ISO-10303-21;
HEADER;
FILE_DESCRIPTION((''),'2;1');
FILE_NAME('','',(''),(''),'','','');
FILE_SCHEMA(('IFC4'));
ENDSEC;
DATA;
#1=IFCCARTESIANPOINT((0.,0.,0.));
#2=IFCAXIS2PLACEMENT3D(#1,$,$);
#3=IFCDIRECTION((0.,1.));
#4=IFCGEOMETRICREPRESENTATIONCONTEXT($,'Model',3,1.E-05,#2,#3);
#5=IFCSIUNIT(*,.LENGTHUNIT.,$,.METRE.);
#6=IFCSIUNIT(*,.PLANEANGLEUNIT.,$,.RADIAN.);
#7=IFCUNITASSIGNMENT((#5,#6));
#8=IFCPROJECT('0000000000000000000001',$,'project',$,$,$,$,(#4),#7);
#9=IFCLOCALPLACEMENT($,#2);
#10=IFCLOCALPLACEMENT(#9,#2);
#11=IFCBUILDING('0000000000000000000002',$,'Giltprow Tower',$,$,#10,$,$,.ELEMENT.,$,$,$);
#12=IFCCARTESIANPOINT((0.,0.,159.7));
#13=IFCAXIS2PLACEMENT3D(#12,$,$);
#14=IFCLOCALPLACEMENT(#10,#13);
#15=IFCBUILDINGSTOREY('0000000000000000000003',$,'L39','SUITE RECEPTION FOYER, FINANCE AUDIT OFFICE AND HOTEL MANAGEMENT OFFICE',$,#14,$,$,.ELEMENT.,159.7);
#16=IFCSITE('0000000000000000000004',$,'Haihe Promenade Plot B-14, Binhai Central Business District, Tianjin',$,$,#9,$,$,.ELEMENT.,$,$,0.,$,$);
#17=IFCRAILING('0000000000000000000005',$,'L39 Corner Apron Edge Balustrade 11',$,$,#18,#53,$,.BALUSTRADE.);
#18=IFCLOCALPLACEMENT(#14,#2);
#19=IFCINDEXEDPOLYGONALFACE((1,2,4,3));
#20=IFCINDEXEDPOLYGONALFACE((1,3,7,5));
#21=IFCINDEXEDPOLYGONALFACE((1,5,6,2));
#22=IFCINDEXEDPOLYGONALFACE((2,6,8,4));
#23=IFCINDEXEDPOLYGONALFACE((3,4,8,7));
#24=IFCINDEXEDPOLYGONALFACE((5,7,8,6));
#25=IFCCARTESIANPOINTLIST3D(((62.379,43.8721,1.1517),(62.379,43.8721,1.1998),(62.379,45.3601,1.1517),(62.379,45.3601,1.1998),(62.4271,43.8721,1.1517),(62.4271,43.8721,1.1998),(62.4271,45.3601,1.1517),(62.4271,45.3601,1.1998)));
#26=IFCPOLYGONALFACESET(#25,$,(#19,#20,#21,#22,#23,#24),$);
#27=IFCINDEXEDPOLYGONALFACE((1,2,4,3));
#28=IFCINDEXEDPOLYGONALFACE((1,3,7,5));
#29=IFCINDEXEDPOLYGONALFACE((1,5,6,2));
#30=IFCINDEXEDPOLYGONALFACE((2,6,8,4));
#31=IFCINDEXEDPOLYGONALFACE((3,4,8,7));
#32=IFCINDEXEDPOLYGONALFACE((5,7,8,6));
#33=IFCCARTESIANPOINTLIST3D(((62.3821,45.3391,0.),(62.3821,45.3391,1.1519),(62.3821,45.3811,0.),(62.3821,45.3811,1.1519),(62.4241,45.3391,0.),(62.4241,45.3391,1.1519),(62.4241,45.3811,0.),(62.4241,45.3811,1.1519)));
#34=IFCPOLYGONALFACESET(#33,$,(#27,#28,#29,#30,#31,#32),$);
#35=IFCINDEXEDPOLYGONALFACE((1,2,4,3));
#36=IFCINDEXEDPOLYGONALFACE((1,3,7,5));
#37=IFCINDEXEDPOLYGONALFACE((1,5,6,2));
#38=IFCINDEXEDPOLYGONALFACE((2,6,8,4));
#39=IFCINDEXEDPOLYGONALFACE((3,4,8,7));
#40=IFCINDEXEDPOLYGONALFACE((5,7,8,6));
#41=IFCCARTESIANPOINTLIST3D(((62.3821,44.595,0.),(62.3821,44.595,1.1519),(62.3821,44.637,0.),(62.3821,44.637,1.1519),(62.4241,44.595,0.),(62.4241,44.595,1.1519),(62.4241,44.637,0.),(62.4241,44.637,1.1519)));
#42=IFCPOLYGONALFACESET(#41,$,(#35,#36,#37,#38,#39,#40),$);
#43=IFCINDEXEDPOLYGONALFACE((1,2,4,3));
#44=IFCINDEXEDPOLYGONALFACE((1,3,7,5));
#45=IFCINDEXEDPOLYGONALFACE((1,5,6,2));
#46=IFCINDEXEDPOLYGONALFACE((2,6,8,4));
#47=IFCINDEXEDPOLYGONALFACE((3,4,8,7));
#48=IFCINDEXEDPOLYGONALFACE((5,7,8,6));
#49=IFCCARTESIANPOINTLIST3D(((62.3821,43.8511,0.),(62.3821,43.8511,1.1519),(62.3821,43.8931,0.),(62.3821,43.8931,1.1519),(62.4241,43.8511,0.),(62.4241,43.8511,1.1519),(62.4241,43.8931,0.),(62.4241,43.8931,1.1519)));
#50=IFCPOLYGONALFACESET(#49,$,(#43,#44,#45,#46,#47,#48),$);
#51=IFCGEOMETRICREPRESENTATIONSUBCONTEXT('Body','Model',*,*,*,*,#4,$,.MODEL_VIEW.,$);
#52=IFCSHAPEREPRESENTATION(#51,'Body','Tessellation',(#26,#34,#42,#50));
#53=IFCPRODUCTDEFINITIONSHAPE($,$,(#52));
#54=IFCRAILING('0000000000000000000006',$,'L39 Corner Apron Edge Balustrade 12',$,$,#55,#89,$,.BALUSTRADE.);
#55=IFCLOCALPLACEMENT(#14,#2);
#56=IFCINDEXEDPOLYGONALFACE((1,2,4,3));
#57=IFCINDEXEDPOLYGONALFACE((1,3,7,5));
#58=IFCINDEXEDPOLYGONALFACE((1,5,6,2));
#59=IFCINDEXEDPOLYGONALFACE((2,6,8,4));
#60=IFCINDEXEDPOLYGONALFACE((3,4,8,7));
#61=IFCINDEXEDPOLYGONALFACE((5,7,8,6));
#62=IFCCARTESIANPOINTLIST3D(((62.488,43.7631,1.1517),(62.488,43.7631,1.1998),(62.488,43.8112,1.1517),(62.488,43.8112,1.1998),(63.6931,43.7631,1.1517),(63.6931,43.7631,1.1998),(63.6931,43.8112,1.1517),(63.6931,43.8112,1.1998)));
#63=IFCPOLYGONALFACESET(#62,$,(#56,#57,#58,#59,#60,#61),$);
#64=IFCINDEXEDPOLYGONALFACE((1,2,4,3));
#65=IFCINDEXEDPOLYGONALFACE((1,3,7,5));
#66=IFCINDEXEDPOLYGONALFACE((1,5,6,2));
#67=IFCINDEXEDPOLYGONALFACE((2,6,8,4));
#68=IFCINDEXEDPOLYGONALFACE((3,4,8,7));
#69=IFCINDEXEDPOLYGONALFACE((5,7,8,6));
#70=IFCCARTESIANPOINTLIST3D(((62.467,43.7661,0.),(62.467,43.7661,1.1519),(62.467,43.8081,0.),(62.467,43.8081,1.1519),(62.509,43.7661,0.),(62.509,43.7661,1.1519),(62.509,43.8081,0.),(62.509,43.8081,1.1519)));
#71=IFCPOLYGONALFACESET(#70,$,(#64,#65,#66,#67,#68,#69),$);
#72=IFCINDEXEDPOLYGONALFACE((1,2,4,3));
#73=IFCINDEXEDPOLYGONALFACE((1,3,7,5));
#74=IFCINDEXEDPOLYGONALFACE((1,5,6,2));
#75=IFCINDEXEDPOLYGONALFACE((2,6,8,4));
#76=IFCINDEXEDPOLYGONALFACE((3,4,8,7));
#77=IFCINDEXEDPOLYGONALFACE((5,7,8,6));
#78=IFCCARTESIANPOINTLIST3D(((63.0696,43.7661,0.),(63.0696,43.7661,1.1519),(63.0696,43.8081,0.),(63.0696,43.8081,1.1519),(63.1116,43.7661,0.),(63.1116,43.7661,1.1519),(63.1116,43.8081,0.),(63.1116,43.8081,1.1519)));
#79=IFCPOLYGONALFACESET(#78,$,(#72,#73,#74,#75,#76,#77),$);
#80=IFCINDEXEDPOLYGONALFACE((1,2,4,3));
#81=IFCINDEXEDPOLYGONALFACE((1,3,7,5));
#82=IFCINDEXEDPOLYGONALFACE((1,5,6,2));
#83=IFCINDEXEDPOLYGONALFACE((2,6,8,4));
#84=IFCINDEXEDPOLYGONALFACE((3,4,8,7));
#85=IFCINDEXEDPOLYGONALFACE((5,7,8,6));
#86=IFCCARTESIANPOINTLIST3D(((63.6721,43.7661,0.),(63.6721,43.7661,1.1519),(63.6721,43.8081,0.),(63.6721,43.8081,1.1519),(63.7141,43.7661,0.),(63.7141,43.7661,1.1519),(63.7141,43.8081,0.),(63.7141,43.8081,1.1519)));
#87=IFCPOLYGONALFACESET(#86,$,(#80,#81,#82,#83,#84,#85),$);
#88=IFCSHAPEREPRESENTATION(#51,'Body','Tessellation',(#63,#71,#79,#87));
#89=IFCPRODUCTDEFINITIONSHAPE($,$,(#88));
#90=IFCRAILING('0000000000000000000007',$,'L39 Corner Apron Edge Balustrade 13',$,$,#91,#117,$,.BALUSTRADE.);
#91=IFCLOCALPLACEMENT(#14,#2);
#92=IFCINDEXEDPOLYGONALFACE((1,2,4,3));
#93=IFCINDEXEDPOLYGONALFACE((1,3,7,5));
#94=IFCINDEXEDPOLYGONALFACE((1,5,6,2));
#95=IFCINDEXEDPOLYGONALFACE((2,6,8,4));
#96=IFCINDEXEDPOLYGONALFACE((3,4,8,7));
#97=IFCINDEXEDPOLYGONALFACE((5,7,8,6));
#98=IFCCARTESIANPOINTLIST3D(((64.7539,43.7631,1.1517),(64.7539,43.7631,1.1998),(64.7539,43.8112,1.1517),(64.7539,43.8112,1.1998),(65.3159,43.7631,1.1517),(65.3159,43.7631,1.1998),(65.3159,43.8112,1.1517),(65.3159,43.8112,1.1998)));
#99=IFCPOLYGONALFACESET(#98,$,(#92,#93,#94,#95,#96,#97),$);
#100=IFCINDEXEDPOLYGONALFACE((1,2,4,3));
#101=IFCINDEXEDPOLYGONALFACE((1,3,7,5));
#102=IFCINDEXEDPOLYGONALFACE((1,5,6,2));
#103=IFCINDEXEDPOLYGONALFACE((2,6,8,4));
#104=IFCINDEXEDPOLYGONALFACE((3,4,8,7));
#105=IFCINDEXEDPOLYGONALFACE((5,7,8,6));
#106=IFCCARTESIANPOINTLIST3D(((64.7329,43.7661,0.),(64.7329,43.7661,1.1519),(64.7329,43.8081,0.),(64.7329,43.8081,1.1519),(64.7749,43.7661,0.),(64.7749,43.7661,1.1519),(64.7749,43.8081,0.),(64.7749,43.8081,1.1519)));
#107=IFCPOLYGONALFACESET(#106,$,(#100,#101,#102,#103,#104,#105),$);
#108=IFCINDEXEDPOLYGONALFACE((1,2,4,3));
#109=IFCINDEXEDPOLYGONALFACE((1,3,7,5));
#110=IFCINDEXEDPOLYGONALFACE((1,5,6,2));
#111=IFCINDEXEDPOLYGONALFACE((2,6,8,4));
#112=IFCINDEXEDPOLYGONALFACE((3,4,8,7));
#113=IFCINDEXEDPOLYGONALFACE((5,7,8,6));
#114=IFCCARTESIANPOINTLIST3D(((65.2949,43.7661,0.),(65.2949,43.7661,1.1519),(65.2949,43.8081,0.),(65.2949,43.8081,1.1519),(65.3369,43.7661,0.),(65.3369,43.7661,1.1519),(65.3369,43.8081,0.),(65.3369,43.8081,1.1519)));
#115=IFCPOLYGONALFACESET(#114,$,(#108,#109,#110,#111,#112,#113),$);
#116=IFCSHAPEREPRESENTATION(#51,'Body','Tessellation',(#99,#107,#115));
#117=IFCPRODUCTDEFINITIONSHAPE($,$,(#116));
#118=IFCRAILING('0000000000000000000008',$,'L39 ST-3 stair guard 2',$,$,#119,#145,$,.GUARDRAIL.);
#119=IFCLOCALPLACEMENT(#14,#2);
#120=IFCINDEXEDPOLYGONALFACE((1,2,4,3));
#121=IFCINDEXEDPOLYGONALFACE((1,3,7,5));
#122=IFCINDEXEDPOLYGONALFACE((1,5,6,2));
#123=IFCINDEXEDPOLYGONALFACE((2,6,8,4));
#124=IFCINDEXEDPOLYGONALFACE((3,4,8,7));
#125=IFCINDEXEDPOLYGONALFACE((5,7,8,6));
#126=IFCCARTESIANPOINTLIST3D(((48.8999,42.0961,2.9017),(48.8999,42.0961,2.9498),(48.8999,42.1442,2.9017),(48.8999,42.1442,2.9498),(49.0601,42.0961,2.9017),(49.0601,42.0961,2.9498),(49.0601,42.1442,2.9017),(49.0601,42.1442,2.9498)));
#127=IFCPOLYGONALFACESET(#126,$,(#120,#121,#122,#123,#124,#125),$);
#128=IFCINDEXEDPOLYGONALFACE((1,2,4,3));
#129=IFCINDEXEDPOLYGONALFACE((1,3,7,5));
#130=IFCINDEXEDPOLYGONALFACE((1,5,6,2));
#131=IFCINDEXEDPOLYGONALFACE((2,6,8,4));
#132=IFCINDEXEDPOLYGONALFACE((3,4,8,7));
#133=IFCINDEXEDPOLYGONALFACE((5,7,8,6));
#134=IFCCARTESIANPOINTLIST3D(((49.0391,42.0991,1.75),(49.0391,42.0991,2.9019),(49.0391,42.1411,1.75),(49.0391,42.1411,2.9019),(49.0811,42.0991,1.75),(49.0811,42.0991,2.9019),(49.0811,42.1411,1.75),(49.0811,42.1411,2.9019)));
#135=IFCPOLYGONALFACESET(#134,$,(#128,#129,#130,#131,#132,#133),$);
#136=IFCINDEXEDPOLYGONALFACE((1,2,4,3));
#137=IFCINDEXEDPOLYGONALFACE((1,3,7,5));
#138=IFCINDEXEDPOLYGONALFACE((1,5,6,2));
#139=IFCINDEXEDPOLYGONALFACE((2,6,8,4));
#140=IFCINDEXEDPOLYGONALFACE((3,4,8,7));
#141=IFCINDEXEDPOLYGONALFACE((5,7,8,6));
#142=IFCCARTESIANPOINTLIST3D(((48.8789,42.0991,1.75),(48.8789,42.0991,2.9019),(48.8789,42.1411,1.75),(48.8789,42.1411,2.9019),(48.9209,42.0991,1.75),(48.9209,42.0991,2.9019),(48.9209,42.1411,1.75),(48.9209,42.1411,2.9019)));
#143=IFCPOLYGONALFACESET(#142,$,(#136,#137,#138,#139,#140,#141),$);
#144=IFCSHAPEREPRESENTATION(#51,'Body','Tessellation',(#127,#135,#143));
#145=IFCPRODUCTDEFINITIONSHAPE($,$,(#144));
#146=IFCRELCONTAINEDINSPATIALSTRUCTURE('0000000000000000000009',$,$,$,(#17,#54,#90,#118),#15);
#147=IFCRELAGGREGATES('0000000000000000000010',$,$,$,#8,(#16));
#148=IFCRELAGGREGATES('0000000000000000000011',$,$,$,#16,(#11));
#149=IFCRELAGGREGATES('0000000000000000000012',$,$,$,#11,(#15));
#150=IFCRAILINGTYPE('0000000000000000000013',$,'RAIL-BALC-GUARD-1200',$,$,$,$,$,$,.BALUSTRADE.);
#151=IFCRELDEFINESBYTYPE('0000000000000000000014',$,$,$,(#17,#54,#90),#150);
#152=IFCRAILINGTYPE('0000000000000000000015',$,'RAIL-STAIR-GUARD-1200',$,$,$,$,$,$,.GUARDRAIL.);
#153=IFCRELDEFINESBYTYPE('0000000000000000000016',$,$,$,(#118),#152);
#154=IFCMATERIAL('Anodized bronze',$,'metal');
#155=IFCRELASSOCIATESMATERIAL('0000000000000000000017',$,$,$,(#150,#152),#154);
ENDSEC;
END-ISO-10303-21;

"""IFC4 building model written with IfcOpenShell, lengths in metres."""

from ifc_helpers import new_model, si_unit, direction, frame, origin, origin_2d, place, context, subcontext, project, spatial, rectangle, extrude, material, type_object, element, save


model = new_model("IFC4")

# Units and contexts
model_context = context("Model", 3, precision=1e-05, world=origin(), true_north=direction((0.0, 1.0)))
body_context = subcontext(model_context, "Body", "Model", "MODEL_VIEW")
ifc_project = project(units=[si_unit("LENGTHUNIT", "METRE"), si_unit("PLANEANGLEUNIT", "RADIAN")], contexts=[model_context])

# Site, building, storey
site_placement = place(None, origin())
site = spatial("IfcSite", under=ifc_project, at=site_placement, Name="Haihe Promenade Plot B-14, Binhai Central Business District, Tianjin", CompositionType="ELEMENT", RefElevation=0.0)
building_placement = place(site_placement, origin())
building = spatial("IfcBuilding", under=site, at=building_placement, Name="Giltprow Tower", CompositionType="ELEMENT")
storey_placement = place(building_placement, frame((0.0, 0.0, 159.7)))
storey = spatial("IfcBuildingStorey", under=building, at=storey_placement, Name="L39", Description="SUITE RECEPTION FOYER, FINANCE AUDIT OFFICE AND HOTEL MANAGEMENT OFFICE", CompositionType="ELEMENT", Elevation=159.7)

# Railings
ifc_material_1 = material(Name="Anodized bronze", Category="metal")
railing_type_1 = type_object("IfcRailingType", Name="RAIL-BALC-GUARD-1200", PredefinedType="BALUSTRADE", material=ifc_material_1)
railing_1_placement = place(storey_placement, frame((62.4031, 45.3601, 0.0)))
element("IfcRailing", 1, at=railing_1_placement, inside=storey, type_object=railing_type_1, Name="L39 Corner Apron Edge Balustrade 11", PredefinedType="BALUSTRADE", context=body_context, shape_type="SweptSolid", body=[
    extrude(rectangle(XDim=0.0481, YDim=0.0481, at=origin_2d()), frame((0.0, 0.0, 1.1758), z_axis=(0.0, -1.0, 0.0), x_axis=(1.0, 0.0, 0.0)), (0.0, 0.0, 1.0), 1.488),
    extrude(rectangle(XDim=0.042, YDim=0.042, at=origin_2d()), origin(), (0.0, 0.0, 1.0), 1.1519),
    extrude(rectangle(XDim=0.042, YDim=0.042, at=origin_2d()), frame((0.0, -0.7441, 0.0)), (0.0, 0.0, 1.0), 1.1519),
    extrude(rectangle(XDim=0.042, YDim=0.042, at=origin_2d()), frame((0.0, -1.488, 0.0)), (0.0, 0.0, 1.0), 1.1519),
])
railing_2_placement = place(storey_placement, frame((62.488, 43.7871, 0.0)))
element("IfcRailing", 2, at=railing_2_placement, inside=storey, type_object=railing_type_1, Name="L39 Corner Apron Edge Balustrade 12", PredefinedType="BALUSTRADE", context=body_context, shape_type="SweptSolid", body=[
    extrude(rectangle(XDim=0.0481, YDim=0.0481, at=origin_2d()), frame((0.0, 0.0, 1.1758), z_axis=(1.0, 0.0, 0.0), x_axis=(0.0, 1.0, 0.0)), (0.0, 0.0, 1.0), 1.2051),
    extrude(rectangle(XDim=0.042, YDim=0.042, at=origin_2d()), origin(), (0.0, 0.0, 1.0), 1.1519),
    extrude(rectangle(XDim=0.042, YDim=0.042, at=origin_2d()), frame((0.6025, 0.0, 0.0)), (0.0, 0.0, 1.0), 1.1519),
    extrude(rectangle(XDim=0.042, YDim=0.042, at=origin_2d()), frame((1.2051, 0.0, 0.0)), (0.0, 0.0, 1.0), 1.1519),
])
railing_3_placement = place(storey_placement, frame((64.7539, 43.7871, 0.0)))
element("IfcRailing", 3, at=railing_3_placement, inside=storey, type_object=railing_type_1, Name="L39 Corner Apron Edge Balustrade 13", PredefinedType="BALUSTRADE", context=body_context, shape_type="SweptSolid", body=[
    extrude(rectangle(XDim=0.0481, YDim=0.0481, at=origin_2d()), frame((0.0, 0.0, 1.1758), z_axis=(1.0, 0.0, 0.0), x_axis=(0.0, 1.0, 0.0)), (0.0, 0.0, 1.0), 0.562),
    extrude(rectangle(XDim=0.042, YDim=0.042, at=origin_2d()), origin(), (0.0, 0.0, 1.0), 1.1519),
    extrude(rectangle(XDim=0.042, YDim=0.042, at=origin_2d()), frame((0.562, 0.0, 0.0)), (0.0, 0.0, 1.0), 1.1519),
])
railing_type_2 = type_object("IfcRailingType", Name="RAIL-STAIR-GUARD-1200", PredefinedType="GUARDRAIL", material=ifc_material_1)
railing_4_placement = place(storey_placement, frame((49.0601, 42.1201, 1.75)))
element("IfcRailing", 4, at=railing_4_placement, inside=storey, type_object=railing_type_2, Name="L39 ST-3 stair guard 2", PredefinedType="GUARDRAIL", context=body_context, shape_type="SweptSolid", body=[
    extrude(rectangle(XDim=0.0481, YDim=0.0481, at=origin_2d()), frame((0.0, 0.0, 1.1758), z_axis=(-1.0, 0.0, 0.0), x_axis=(0.0, -1.0, 0.0)), (0.0, 0.0, 1.0), 0.1602),
    extrude(rectangle(XDim=0.042, YDim=0.042, at=origin_2d()), origin(), (0.0, 0.0, 1.0), 1.1519),
    extrude(rectangle(XDim=0.042, YDim=0.042, at=origin_2d()), frame((-0.1602, 0.0, 0.0)), (0.0, 0.0, 1.0), 1.1519),
])

save(model, "model.ifc")
